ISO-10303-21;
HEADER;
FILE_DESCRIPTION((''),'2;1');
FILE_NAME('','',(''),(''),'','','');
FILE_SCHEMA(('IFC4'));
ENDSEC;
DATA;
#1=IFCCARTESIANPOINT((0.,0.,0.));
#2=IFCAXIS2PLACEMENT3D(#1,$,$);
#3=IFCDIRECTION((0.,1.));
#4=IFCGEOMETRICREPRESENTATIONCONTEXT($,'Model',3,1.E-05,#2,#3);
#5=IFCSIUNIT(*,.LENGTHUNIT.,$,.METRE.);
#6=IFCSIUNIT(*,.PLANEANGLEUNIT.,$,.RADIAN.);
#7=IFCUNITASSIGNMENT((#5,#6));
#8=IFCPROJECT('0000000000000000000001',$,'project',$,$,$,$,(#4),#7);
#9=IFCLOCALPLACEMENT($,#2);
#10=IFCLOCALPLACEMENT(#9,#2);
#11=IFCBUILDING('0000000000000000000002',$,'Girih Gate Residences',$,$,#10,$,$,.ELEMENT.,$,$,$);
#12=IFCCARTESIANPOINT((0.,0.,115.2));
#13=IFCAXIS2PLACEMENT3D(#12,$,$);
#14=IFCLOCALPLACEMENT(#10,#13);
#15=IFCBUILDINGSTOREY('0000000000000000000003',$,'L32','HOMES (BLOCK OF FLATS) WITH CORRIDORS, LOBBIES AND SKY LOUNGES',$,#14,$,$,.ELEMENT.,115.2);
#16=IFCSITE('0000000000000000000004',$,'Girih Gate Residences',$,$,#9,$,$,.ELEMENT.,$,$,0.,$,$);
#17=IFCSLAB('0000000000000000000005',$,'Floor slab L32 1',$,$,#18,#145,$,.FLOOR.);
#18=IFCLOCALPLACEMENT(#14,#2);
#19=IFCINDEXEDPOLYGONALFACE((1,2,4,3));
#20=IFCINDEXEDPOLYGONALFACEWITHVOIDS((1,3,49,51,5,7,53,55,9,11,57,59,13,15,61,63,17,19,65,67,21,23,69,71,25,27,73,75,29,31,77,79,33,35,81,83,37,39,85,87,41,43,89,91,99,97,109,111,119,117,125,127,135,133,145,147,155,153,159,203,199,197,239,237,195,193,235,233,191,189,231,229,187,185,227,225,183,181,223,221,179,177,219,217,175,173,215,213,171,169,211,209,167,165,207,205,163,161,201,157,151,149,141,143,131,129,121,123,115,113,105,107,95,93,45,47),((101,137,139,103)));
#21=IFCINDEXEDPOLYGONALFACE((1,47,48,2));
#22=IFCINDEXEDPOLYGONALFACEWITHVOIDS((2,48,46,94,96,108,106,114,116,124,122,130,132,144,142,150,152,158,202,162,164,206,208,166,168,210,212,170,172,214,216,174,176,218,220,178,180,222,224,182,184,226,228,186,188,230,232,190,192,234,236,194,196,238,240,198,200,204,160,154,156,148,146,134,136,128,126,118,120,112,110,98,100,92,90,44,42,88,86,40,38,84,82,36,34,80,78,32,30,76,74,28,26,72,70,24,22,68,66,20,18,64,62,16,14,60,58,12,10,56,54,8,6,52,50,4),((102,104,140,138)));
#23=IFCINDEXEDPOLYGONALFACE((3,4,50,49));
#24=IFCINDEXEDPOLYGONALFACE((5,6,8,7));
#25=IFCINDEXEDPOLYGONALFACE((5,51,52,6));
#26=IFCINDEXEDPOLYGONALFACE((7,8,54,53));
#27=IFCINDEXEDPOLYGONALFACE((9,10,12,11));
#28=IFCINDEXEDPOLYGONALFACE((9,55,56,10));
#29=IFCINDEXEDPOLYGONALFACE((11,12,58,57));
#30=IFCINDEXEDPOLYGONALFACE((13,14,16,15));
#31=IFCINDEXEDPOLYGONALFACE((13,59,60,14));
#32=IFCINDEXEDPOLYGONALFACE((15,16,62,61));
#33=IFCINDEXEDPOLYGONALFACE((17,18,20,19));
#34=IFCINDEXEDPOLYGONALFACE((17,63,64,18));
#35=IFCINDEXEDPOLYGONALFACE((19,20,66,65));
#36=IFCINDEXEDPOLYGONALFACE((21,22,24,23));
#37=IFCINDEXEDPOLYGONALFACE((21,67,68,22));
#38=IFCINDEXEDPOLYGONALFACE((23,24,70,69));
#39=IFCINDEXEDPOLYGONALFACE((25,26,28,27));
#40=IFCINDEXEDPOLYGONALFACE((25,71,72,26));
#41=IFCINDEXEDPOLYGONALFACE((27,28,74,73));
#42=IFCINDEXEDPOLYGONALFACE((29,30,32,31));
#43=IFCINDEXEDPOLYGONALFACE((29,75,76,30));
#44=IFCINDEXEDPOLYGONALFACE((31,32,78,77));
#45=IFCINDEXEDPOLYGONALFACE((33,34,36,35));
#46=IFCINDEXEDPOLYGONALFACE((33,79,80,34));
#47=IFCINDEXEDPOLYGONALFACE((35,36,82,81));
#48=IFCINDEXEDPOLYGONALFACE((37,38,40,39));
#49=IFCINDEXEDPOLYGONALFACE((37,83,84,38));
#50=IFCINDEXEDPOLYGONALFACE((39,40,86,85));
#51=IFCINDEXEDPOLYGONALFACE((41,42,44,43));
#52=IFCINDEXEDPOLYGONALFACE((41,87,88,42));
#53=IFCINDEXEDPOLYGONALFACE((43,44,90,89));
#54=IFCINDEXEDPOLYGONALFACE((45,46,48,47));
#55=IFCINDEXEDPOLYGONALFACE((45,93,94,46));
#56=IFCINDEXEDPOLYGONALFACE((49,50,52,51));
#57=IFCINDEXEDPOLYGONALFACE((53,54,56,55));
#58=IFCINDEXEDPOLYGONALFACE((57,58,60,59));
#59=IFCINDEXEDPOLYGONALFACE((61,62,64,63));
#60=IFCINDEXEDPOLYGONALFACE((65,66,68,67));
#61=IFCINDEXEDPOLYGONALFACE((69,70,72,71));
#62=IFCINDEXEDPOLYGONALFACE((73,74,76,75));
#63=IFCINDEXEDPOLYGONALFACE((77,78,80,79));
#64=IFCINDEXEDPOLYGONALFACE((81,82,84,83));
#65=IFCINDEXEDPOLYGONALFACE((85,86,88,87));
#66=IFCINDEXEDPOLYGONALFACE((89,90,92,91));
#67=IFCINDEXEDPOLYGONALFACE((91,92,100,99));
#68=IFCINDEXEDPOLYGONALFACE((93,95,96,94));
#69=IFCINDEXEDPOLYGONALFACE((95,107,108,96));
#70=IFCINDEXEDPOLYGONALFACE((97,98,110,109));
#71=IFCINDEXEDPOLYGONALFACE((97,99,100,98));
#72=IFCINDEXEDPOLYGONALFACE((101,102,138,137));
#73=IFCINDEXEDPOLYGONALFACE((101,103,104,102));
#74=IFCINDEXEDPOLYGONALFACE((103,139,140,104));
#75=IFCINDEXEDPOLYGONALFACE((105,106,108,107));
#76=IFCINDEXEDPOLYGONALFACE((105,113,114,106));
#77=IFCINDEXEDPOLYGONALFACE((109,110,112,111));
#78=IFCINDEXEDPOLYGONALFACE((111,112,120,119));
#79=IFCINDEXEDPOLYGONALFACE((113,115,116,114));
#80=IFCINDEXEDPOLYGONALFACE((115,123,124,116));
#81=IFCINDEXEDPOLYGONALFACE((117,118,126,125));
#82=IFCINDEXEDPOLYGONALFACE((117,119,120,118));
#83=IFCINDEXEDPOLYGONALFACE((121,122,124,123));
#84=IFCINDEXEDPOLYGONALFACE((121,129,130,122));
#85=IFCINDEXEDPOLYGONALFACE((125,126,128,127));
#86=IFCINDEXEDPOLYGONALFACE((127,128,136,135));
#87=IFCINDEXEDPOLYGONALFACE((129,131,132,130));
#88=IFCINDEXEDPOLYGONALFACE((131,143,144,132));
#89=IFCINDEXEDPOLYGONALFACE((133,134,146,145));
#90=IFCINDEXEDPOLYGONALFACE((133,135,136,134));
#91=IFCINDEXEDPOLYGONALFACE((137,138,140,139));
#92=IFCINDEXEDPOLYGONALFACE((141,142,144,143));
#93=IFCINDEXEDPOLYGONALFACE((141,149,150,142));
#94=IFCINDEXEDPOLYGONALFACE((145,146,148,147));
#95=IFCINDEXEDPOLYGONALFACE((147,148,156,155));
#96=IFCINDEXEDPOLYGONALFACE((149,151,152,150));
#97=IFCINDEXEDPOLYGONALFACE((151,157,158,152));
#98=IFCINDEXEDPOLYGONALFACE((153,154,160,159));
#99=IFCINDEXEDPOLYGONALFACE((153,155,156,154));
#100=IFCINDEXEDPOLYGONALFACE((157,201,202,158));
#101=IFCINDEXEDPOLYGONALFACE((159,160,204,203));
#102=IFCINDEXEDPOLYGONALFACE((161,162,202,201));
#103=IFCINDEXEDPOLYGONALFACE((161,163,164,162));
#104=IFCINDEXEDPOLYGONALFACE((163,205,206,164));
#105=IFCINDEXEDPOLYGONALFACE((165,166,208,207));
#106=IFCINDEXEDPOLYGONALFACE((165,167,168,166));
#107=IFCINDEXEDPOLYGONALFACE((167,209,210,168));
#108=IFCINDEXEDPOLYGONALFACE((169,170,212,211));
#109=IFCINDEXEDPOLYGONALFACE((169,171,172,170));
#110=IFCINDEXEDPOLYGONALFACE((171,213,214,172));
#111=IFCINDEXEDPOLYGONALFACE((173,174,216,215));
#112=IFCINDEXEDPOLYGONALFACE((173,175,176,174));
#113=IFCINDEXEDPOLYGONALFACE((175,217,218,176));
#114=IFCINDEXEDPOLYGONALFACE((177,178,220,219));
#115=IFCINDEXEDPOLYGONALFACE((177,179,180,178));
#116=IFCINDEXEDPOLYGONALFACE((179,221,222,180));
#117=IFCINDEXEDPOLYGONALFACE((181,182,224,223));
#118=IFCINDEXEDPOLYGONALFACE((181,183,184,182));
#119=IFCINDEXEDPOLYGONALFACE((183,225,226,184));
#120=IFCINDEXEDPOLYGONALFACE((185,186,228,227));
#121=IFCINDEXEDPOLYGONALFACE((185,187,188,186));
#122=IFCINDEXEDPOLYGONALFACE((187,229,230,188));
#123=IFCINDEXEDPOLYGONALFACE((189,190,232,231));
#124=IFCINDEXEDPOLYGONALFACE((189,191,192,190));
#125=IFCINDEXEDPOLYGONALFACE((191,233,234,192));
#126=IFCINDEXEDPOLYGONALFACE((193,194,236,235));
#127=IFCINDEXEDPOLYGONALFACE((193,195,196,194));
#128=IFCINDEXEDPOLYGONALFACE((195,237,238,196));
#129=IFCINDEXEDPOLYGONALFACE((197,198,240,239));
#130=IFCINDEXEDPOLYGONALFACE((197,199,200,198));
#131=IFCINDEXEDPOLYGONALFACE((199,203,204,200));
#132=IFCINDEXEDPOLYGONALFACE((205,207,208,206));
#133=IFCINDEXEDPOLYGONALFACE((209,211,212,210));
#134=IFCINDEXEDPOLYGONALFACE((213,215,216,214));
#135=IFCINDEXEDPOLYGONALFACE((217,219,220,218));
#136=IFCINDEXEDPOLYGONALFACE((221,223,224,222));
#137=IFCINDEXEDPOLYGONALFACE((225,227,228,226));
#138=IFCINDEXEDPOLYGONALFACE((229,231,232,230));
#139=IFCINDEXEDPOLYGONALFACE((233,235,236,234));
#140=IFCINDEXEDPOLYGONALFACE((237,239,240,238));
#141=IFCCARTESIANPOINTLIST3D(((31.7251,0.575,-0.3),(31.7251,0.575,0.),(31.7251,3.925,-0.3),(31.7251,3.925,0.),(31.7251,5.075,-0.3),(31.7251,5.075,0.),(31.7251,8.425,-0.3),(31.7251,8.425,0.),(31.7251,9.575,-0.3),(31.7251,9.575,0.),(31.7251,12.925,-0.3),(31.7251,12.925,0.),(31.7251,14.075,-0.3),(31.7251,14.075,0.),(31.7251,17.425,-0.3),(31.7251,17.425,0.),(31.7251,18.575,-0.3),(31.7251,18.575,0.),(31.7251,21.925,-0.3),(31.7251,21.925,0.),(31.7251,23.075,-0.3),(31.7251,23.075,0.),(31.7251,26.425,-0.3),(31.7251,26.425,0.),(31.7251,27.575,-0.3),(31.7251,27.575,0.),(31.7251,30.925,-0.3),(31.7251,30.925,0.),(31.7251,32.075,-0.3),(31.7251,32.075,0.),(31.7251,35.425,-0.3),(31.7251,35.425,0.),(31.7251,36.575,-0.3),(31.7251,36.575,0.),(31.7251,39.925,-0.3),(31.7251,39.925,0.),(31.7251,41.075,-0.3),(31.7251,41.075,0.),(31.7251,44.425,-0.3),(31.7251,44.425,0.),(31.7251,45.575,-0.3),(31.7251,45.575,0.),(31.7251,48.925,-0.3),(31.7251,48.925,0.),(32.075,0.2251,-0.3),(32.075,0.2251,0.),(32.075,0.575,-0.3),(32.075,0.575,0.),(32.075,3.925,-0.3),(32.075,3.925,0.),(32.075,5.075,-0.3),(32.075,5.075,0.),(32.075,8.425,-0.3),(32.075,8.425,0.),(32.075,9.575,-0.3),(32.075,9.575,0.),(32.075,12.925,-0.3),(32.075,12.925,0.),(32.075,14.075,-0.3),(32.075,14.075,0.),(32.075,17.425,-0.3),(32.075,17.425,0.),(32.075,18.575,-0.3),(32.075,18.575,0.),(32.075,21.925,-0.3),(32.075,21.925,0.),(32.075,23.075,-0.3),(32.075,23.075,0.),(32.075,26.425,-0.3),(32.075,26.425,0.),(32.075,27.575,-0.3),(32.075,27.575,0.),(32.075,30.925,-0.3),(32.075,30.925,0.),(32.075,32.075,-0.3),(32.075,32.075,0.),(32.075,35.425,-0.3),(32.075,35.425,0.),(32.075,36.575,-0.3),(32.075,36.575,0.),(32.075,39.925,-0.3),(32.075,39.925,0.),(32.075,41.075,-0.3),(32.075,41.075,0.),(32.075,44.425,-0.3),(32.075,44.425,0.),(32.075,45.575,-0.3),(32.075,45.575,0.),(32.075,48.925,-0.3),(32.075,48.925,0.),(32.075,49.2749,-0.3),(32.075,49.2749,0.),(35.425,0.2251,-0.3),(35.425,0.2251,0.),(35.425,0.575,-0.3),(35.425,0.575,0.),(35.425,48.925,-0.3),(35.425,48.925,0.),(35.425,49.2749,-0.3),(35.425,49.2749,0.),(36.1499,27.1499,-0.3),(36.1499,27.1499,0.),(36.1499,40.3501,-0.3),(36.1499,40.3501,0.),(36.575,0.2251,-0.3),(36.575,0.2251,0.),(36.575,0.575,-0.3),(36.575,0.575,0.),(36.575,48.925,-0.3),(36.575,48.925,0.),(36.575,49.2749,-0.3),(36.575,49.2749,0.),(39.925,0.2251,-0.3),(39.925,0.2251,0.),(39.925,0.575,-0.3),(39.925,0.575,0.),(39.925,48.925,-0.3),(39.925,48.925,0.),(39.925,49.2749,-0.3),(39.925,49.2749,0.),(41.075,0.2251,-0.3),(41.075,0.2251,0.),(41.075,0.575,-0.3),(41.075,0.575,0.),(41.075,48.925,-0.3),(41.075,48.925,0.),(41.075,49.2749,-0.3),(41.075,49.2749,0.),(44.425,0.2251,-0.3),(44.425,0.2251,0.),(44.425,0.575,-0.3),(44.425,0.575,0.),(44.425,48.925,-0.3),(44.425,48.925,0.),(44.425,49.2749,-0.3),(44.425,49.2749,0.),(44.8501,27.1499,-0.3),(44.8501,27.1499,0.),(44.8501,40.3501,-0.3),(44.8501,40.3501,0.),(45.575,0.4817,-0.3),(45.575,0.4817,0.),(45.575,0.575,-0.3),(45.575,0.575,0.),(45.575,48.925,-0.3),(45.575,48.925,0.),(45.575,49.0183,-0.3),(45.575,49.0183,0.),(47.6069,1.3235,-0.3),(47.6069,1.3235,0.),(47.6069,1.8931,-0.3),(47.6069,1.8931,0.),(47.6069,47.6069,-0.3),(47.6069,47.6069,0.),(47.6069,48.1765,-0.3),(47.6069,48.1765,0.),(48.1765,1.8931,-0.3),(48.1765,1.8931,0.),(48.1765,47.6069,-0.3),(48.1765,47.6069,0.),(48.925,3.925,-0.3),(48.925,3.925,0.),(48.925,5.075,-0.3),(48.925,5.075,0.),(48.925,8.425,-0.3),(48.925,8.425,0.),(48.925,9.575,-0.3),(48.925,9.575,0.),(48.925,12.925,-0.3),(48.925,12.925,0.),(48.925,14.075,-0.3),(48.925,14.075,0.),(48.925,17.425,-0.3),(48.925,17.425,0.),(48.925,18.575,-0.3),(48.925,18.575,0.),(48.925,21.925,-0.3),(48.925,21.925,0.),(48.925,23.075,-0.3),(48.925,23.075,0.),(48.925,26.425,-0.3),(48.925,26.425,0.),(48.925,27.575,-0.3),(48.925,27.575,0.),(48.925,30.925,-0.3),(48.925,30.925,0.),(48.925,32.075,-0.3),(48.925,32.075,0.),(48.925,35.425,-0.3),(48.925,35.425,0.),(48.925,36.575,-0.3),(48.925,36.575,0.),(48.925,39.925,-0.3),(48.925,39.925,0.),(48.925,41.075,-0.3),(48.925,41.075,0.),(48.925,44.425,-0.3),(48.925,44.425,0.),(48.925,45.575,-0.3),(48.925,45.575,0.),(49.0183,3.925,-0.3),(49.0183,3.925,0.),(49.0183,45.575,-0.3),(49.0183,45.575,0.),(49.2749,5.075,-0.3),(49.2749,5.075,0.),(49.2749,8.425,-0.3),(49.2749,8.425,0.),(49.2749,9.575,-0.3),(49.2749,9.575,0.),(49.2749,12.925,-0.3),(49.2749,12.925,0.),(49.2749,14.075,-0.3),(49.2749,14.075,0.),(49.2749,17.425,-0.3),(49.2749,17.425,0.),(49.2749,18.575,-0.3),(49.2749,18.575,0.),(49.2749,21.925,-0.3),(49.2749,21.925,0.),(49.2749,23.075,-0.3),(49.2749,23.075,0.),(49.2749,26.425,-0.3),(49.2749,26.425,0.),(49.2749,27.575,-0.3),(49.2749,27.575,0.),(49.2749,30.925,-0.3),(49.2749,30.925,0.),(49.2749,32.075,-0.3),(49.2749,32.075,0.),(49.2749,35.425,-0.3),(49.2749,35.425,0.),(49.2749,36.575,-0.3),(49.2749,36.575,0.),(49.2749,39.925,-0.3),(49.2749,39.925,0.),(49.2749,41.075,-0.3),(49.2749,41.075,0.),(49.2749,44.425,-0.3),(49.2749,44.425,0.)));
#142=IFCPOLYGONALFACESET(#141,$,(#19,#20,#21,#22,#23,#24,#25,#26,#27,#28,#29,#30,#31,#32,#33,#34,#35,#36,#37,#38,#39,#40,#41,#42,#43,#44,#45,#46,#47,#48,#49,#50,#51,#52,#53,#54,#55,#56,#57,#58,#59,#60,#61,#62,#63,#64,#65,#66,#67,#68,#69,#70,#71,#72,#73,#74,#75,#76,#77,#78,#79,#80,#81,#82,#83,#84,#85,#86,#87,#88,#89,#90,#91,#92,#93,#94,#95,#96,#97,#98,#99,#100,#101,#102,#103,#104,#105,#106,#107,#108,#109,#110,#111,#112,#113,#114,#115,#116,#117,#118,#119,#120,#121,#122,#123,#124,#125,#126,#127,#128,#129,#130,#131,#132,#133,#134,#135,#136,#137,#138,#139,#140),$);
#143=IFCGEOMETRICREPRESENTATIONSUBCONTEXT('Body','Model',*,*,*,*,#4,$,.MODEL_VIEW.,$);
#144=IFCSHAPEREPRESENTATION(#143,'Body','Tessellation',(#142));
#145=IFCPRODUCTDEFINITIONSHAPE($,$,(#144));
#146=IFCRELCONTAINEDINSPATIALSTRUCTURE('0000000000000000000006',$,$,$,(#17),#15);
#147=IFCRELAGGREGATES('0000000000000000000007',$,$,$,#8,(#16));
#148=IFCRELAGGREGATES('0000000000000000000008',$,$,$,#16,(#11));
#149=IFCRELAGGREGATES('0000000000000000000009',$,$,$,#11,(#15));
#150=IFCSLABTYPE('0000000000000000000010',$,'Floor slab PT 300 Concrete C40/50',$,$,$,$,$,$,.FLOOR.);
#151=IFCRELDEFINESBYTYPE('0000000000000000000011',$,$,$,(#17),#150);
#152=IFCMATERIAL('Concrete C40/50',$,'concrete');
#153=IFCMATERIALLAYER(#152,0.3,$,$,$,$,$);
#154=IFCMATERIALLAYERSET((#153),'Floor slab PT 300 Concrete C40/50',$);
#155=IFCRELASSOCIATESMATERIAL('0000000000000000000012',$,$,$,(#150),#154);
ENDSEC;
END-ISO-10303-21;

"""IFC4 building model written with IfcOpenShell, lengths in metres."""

from ifc_helpers import new_model, si_unit, direction, frame, origin, place, context, subcontext, project, spatial, polyline, outline, extrude, material, layer, layer_set, type_object, element, save


model = new_model("IFC4")

# Units and contexts
model_context = context("Model", 3, precision=1e-05, world=origin(), true_north=direction((0.0, 1.0)))
body_context = subcontext(model_context, "Body", "Model", "MODEL_VIEW")
ifc_project = project(units=[si_unit("LENGTHUNIT", "METRE"), si_unit("PLANEANGLEUNIT", "RADIAN")], contexts=[model_context])

# Site, building, storey
site_placement = place(None, origin())
site = spatial("IfcSite", under=ifc_project, at=site_placement, Name="Girih Gate Residences", CompositionType="ELEMENT", RefElevation=0.0)
building_placement = place(site_placement, origin())
building = spatial("IfcBuilding", under=site, at=building_placement, Name="Girih Gate Residences", CompositionType="ELEMENT")
storey_placement = place(building_placement, frame((0.0, 0.0, 115.2)))
storey = spatial("IfcBuildingStorey", under=building, at=storey_placement, Name="L32", Description="HOMES (BLOCK OF FLATS) WITH CORRIDORS, LOBBIES AND SKY LOUNGES", CompositionType="ELEMENT", Elevation=115.2)

# Slab
ifc_material_1 = material(Name="Concrete C40/50", Category="concrete")
ifc_layer_1 = layer(ifc_material_1, 0.3)
ifc_layer_set_1 = layer_set([ifc_layer_1], Name="Floor slab PT 300 Concrete C40/50")
slab_type_1 = type_object("IfcSlabType", Name="Floor slab PT 300 Concrete C40/50", PredefinedType="FLOOR", material=ifc_layer_set_1)
slab_1_placement = place(storey_placement, frame((0.0, 0.0, -0.3)))
element("IfcSlab", 1, at=slab_1_placement, inside=storey, type_object=slab_type_1, Name="Floor slab L32 1", PredefinedType="FLOOR", context=body_context, shape_type="SweptSolid", body=[
    extrude(outline(polyline([(35.425, 49.2749), (32.075, 49.2749), (32.075, 48.925), (31.7251, 48.925), (31.7251, 45.575), (32.075, 45.575), (32.075, 44.425), (31.7251, 44.425), (31.7251, 41.075), (32.075, 41.075), (32.075, 39.925), (31.7251, 39.925), (31.7251, 36.575), (32.075, 36.575), (32.075, 35.425), (31.7251, 35.425), (31.7251, 32.075), (32.075, 32.075), (32.075, 30.925), (31.7251, 30.925), (31.7251, 27.575), (32.075, 27.575), (32.075, 26.425), (31.7251, 26.425), (31.7251, 23.075), (32.075, 23.075), (32.075, 21.925), (31.7251, 21.925), (31.7251, 18.575), (32.075, 18.575), (32.075, 17.425), (31.7251, 17.425), (31.7251, 14.075), (32.075, 14.075), (32.075, 12.925), (31.7251, 12.925), (31.7251, 9.575), (32.075, 9.575), (32.075, 8.425), (31.7251, 8.425), (31.7251, 5.075), (32.075, 5.075), (32.075, 3.925), (31.7251, 3.925), (31.7251, 0.575), (32.075, 0.575), (32.075, 0.2251), (35.425, 0.2251), (35.425, 0.575), (36.575, 0.575), (36.575, 0.2251), (39.925, 0.2251), (39.925, 0.575), (41.075, 0.575), (41.075, 0.2251), (44.425, 0.2251), (44.425, 0.575), (45.575, 0.575), (45.575, 0.4817), (47.6069, 1.3235), (47.6069, 1.8931), (48.1765, 1.8931), (49.0183, 3.925), (48.925, 3.925), (48.925, 5.075), (49.2749, 5.075), (49.2749, 8.425), (48.925, 8.425), (48.925, 9.575), (49.2749, 9.575), (49.2749, 12.925), (48.925, 12.925), (48.925, 14.075), (49.2749, 14.075), (49.2749, 17.425), (48.925, 17.425), (48.925, 18.575), (49.2749, 18.575), (49.2749, 21.925), (48.925, 21.925), (48.925, 23.075), (49.2749, 23.075), (49.2749, 26.425), (48.925, 26.425), (48.925, 27.575), (49.2749, 27.575), (49.2749, 30.925), (48.925, 30.925), (48.925, 32.075), (49.2749, 32.075), (49.2749, 35.425), (48.925, 35.425), (48.925, 36.575), (49.2749, 36.575), (49.2749, 39.925), (48.925, 39.925), (48.925, 41.075), (49.2749, 41.075), (49.2749, 44.425), (48.925, 44.425), (48.925, 45.575), (49.0183, 45.575), (48.1765, 47.6069), (47.6069, 47.6069), (47.6069, 48.1765), (45.575, 49.0183), (45.575, 48.925), (44.425, 48.925), (44.425, 49.2749), (41.075, 49.2749), (41.075, 48.925), (39.925, 48.925), (39.925, 49.2749), (36.575, 49.2749), (36.575, 48.925), (35.425, 48.925), (35.425, 49.2749)]), holes=[polyline([(44.8501, 40.3501), (44.8501, 27.1499), (36.1499, 27.1499), (36.1499, 40.3501), (44.8501, 40.3501)])]), origin(), (0.0, 0.0, 1.0), 0.3),
])

save(model, "model.ifc")
